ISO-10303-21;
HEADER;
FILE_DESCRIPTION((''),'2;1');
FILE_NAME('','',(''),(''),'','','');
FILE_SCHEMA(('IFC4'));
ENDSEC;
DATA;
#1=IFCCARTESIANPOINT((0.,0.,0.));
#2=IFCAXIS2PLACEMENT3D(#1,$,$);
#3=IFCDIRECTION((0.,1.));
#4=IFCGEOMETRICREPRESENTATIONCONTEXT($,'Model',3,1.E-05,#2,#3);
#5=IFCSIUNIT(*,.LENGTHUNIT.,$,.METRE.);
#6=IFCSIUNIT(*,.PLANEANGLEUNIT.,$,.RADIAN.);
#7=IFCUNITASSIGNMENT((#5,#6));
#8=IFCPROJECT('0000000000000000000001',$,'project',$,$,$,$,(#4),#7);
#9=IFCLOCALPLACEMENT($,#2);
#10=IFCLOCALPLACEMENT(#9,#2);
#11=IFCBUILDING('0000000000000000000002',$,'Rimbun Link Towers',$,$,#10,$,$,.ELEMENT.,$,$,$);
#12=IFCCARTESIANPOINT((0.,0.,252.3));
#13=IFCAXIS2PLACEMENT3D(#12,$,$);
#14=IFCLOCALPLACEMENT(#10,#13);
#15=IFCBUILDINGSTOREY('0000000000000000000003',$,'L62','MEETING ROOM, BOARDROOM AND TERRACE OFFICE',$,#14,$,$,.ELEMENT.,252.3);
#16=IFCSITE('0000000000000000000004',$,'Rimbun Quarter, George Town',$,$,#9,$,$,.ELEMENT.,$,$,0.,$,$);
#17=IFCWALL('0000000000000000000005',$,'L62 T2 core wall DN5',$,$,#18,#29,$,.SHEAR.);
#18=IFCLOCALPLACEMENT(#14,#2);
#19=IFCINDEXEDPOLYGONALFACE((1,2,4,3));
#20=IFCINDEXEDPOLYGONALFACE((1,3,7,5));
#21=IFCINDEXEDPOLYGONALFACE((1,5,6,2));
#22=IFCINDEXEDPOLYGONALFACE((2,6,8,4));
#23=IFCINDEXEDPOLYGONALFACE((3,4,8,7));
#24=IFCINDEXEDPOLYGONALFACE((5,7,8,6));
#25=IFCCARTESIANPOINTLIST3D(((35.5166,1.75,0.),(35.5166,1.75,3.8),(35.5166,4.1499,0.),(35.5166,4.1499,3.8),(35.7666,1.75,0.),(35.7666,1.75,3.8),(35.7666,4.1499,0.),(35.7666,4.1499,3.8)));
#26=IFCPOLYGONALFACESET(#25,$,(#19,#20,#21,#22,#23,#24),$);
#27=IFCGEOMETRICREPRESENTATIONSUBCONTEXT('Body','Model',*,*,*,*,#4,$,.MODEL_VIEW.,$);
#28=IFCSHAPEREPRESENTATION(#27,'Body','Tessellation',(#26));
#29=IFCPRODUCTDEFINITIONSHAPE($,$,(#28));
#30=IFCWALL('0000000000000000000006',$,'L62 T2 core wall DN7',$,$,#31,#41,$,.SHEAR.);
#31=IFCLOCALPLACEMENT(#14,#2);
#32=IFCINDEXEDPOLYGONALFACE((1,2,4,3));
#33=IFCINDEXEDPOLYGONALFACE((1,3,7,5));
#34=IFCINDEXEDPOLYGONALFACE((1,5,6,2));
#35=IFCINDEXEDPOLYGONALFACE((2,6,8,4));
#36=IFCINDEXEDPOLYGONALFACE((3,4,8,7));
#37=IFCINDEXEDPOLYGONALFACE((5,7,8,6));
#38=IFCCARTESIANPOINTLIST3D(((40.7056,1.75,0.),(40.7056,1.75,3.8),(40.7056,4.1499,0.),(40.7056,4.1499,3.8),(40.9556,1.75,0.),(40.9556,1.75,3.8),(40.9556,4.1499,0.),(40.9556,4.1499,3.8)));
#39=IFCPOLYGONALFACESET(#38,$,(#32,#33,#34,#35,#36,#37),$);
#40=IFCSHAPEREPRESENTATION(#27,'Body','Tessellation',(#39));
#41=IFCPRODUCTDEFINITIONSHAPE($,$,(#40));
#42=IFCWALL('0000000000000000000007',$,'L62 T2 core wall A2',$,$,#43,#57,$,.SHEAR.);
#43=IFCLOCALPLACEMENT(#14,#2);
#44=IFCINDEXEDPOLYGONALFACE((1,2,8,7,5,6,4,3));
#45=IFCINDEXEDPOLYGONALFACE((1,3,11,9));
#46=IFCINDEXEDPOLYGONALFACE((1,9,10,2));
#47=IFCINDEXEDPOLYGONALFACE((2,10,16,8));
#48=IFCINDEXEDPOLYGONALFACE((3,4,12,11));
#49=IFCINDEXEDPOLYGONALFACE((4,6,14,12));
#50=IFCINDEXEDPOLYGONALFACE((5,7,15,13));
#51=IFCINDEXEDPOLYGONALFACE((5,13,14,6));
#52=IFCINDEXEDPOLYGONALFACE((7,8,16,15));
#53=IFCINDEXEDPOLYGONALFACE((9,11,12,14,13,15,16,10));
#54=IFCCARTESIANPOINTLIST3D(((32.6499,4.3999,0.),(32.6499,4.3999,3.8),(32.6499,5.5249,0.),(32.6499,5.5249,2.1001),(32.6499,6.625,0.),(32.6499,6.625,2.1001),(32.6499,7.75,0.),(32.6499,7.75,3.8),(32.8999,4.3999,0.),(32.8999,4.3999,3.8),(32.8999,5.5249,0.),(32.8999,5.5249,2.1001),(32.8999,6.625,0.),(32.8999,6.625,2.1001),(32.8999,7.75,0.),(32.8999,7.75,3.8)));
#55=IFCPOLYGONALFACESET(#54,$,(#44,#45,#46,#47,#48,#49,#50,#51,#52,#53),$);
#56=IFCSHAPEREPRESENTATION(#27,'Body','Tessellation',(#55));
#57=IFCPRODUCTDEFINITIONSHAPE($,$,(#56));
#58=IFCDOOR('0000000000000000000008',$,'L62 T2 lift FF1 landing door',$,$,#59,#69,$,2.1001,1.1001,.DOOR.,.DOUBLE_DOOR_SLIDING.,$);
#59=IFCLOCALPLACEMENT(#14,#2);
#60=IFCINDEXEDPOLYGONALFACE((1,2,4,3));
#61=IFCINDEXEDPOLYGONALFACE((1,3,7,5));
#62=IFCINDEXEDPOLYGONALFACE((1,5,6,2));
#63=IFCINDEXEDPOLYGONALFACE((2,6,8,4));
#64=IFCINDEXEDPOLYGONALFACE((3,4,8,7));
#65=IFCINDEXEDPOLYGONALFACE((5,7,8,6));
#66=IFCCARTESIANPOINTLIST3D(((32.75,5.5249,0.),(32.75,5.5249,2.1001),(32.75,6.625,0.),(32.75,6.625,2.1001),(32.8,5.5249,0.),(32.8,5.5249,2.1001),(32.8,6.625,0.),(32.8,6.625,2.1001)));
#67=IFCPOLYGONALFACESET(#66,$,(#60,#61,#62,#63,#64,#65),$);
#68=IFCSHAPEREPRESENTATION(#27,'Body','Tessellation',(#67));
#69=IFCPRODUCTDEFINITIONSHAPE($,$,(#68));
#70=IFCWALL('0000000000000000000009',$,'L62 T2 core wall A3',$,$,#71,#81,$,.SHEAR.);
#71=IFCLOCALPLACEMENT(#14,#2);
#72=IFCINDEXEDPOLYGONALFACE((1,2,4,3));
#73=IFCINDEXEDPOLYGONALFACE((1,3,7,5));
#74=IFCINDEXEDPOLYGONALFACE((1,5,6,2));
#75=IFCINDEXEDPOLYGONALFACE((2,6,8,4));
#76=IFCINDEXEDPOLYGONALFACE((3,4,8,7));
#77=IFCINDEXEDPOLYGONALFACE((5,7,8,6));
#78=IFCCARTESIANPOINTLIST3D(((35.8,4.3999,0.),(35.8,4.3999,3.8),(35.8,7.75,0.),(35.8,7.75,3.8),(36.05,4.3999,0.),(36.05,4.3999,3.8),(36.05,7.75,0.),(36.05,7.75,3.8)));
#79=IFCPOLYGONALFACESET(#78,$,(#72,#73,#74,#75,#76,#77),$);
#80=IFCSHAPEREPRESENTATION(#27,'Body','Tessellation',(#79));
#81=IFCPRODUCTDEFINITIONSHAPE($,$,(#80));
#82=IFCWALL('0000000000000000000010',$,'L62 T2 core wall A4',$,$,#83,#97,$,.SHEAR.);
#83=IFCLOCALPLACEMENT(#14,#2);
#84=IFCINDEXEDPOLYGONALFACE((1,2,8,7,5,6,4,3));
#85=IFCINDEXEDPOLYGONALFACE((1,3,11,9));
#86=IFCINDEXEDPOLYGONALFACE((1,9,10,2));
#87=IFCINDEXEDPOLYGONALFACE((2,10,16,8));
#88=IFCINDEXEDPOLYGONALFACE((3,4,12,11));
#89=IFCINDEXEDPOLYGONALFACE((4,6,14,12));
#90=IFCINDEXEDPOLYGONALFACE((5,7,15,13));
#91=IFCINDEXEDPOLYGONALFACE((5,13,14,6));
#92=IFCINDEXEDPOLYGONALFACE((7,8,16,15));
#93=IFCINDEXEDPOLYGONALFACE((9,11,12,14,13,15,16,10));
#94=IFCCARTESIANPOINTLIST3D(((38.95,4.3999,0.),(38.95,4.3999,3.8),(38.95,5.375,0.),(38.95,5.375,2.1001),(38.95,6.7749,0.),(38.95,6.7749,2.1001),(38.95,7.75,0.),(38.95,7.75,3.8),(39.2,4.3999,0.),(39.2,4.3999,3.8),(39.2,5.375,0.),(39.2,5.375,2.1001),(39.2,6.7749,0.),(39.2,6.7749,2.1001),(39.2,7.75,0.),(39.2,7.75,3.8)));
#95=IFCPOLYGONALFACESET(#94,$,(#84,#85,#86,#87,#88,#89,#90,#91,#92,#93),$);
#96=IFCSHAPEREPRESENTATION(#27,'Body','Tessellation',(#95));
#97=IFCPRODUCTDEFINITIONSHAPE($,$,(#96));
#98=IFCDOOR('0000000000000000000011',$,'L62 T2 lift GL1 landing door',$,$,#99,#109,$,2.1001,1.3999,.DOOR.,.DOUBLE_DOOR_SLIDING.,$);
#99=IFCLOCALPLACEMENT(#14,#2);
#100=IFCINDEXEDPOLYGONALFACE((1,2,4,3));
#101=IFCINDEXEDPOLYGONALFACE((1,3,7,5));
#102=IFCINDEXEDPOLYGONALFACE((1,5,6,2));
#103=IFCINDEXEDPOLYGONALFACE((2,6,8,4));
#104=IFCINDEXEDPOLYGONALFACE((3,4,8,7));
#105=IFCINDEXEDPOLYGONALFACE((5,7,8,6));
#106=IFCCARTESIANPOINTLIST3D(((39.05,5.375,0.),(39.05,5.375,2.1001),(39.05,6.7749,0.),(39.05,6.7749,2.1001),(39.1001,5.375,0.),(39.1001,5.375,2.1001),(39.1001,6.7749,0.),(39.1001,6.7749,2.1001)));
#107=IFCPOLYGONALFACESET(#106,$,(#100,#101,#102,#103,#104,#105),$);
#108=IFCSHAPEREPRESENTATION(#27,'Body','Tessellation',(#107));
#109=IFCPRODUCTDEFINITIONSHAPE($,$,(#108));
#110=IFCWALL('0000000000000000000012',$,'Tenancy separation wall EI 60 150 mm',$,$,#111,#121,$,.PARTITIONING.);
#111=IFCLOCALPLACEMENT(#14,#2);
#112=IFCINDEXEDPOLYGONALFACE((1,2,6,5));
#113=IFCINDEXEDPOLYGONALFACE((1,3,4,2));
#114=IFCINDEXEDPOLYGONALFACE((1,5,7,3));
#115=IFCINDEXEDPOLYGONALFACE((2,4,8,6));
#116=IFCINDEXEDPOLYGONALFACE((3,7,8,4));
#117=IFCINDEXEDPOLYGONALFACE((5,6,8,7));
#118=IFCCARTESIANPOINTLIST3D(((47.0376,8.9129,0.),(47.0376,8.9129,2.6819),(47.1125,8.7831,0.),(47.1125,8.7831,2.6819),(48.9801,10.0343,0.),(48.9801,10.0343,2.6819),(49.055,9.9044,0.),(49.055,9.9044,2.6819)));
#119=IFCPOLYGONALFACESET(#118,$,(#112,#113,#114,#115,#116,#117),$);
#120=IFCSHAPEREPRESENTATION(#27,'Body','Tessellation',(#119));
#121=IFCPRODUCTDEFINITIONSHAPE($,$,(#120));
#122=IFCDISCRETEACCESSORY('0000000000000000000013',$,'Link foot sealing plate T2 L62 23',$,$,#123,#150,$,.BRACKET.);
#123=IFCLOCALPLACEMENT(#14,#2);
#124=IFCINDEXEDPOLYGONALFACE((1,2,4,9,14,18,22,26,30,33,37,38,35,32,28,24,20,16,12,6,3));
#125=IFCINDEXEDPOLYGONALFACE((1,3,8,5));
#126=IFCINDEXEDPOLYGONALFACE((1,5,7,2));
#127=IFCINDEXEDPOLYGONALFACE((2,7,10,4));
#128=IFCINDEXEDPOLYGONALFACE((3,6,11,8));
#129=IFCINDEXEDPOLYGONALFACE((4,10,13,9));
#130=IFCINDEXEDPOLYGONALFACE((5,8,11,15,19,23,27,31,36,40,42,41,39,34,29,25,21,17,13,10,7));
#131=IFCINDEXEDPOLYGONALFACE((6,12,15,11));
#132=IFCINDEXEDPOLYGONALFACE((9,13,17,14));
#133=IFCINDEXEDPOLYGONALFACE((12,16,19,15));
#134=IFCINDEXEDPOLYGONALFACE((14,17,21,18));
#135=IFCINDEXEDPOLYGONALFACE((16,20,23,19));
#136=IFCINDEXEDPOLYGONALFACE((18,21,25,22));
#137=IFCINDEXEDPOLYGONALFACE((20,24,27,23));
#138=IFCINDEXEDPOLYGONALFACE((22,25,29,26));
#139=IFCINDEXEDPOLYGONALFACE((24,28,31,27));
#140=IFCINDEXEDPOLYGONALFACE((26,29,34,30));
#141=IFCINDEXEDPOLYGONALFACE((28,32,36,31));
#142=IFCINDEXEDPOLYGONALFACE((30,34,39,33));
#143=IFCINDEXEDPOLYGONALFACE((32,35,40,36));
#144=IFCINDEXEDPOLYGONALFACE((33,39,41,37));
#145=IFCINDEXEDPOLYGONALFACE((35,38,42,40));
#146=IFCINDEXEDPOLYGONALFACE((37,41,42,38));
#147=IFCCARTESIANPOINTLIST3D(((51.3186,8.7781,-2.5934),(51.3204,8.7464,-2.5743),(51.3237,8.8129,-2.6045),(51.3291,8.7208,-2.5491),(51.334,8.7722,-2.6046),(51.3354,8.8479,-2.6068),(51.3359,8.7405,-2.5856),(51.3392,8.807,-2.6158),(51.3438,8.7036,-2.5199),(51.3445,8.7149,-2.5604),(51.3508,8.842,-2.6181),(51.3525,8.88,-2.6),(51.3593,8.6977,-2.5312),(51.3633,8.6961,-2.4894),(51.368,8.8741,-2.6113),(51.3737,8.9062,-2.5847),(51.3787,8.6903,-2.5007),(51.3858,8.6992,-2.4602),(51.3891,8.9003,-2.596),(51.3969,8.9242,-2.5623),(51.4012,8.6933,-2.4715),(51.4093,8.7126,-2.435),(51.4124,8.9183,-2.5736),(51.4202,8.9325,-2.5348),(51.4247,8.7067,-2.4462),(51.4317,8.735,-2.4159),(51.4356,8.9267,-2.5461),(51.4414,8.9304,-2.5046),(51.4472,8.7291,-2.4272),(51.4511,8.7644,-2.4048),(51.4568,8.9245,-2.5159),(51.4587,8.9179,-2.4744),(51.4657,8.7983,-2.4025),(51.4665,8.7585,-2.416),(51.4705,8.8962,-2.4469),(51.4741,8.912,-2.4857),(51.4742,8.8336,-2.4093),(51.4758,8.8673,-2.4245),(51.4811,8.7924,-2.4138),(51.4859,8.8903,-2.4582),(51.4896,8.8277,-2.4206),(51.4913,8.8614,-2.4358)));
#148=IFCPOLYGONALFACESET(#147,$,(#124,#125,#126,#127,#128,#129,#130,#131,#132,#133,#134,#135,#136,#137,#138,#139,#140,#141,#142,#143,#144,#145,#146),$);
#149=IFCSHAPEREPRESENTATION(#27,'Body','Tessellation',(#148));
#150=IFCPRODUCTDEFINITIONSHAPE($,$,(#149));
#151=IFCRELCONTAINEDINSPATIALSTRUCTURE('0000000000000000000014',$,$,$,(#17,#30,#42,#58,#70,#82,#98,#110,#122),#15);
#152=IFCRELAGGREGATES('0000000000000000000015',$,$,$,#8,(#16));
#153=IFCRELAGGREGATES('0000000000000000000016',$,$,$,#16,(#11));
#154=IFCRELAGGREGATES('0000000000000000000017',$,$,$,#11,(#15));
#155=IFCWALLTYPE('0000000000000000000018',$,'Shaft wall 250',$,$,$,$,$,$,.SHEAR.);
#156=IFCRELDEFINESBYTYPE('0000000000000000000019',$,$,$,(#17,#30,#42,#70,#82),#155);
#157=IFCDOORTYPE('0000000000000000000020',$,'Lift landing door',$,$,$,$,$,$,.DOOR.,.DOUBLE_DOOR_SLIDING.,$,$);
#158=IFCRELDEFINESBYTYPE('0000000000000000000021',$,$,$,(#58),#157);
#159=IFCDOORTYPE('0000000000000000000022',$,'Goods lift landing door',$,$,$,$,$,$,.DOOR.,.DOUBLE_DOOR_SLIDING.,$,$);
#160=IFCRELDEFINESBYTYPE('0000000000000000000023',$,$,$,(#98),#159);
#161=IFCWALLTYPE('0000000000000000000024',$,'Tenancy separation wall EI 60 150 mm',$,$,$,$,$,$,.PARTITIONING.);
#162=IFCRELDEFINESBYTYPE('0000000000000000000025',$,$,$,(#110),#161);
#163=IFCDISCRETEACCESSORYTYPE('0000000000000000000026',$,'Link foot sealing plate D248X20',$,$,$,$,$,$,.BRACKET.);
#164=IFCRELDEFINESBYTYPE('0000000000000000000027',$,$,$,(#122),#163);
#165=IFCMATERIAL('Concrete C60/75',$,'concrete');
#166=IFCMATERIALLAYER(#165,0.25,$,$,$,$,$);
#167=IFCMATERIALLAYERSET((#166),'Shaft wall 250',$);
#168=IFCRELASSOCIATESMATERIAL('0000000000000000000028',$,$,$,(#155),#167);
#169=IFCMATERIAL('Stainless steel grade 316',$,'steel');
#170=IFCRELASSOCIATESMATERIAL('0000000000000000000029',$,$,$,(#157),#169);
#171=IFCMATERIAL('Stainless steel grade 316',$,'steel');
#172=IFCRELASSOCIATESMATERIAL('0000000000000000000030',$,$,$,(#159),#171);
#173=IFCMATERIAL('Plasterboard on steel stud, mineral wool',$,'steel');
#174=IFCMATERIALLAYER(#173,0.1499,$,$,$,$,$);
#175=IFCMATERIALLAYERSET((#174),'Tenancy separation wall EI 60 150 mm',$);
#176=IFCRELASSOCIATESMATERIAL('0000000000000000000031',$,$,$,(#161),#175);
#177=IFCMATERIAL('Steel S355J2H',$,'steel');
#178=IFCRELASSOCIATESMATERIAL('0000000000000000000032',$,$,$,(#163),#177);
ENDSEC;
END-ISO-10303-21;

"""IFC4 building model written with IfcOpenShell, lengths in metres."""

from ifc_helpers import new_model, si_unit, direction, frame, frame_2d, origin, origin_2d, place, context, subcontext, project, spatial, rectangle, circle, extrude, material, layer, layer_set, material_profile, profile_set, type_object, element, fill, save


model = new_model("IFC4")

# Units and contexts
model_context = context("Model", 3, precision=1e-05, world=origin(), true_north=direction((0.0, 1.0)))
body_context = subcontext(model_context, "Body", "Model", "MODEL_VIEW")
ifc_project = project(units=[si_unit("LENGTHUNIT", "METRE"), si_unit("PLANEANGLEUNIT", "RADIAN")], contexts=[model_context])

# Site, building, storey
site_placement = place(None, origin())
site = spatial("IfcSite", under=ifc_project, at=site_placement, Name="Rimbun Quarter, George Town", CompositionType="ELEMENT", RefElevation=0.0)
building_placement = place(site_placement, origin())
building = spatial("IfcBuilding", under=site, at=building_placement, Name="Rimbun Link Towers", CompositionType="ELEMENT")
storey_placement = place(building_placement, frame((0.0, 0.0, 252.3)))
storey = spatial("IfcBuildingStorey", under=building, at=storey_placement, Name="L62", Description="MEETING ROOM, BOARDROOM AND TERRACE OFFICE", CompositionType="ELEMENT", Elevation=252.3)

# Walls
ifc_material_1 = material(Name="Concrete C60/75", Category="concrete")
ifc_layer_1 = layer(ifc_material_1, 0.25)
ifc_layer_set_1 = layer_set([ifc_layer_1], Name="Shaft wall 250")
wall_type_1 = type_object("IfcWallType", Name="Shaft wall 250", PredefinedType="SHEAR", material=ifc_layer_set_1)
for number, where, z_axis, x_axis, name in (
    (1, (35.6416, 1.75, 0.0), (0.0, 0.0, 1.0), (0.0, 1.0, 0.0), "L62 T2 core wall DN5"),
    (2, (40.8306, 1.75, 0.0), (0.0, 0.0, 1.0), (0.0, 1.0, 0.0), "L62 T2 core wall DN7"),
):
    element("IfcWall", number, at=place(storey_placement, frame(where, z_axis=z_axis, x_axis=x_axis)), inside=storey, type_object=wall_type_1, Name=name, PredefinedType="SHEAR", context=body_context, shape_type="SweptSolid", body=[
        extrude(rectangle(XDim=2.3999, YDim=0.25, at=frame_2d((1.2, 0.0))), origin(), (0.0, 0.0, 1.0), 3.8),
    ])

# Wall, opening, door
wall_1_placement = place(storey_placement, frame((32.7749, 4.3999, 0.0), z_axis=(0.0, 0.0, 1.0), x_axis=(0.0, 1.0, 0.0)))
wall_1 = element("IfcWall", 3, at=wall_1_placement, inside=storey, type_object=wall_type_1, Name="L62 T2 core wall A2", PredefinedType="SHEAR", context=body_context, shape_type="SweptSolid", body=[
    extrude(rectangle(XDim=3.3501, YDim=0.25, at=frame_2d((1.675, 0.0))), origin(), (0.0, 0.0, 1.0), 3.8),
])
opening_1_placement = place(wall_1_placement, frame((1.125, 0.0, 0.0)))
opening_1 = element("IfcOpeningElement", 4, at=opening_1_placement, cuts=wall_1, PredefinedType="OPENING", context=body_context, shape_type="SweptSolid", body=[
    extrude(rectangle(XDim=1.1001, YDim=2.1001, at=frame_2d((0.55, 1.05))), frame((0.0, 0.135, 0.0), z_axis=(0.0, -1.0, 0.0), x_axis=(1.0, 0.0, 0.0)), (0.0, 0.0, 1.0), 0.27),
])
ifc_material_2 = material(Name="Stainless steel grade 316", Category="steel")
door_type_1 = type_object("IfcDoorType", Name="Lift landing door", OperationType="DOUBLE_DOOR_SLIDING", PredefinedType="DOOR", material=ifc_material_2)
door_1_placement = place(opening_1_placement, origin())
door_1 = element("IfcDoor", 5, at=door_1_placement, inside=storey, type_object=door_type_1, Name="L62 T2 lift FF1 landing door", OperationType="DOUBLE_DOOR_SLIDING", OverallHeight=2.1001, OverallWidth=1.1001, PredefinedType="DOOR", context=body_context, shape_type="SweptSolid", body=[
    extrude(rectangle(XDim=1.1001, YDim=2.1001, at=frame_2d((0.55, 1.05))), frame((0.0, 0.0249, 0.0), z_axis=(0.0, -1.0, 0.0), x_axis=(1.0, 0.0, 0.0)), (0.0, 0.0, 1.0), 0.05),
])
fill(opening_1, door_1)

# Wall
wall_2_placement = place(storey_placement, frame((35.925, 4.3999, 0.0), z_axis=(0.0, 0.0, 1.0), x_axis=(0.0, 1.0, 0.0)))
element("IfcWall", 6, at=wall_2_placement, inside=storey, type_object=wall_type_1, Name="L62 T2 core wall A3", PredefinedType="SHEAR", context=body_context, shape_type="SweptSolid", body=[
    extrude(rectangle(XDim=3.3501, YDim=0.25, at=frame_2d((1.675, 0.0))), origin(), (0.0, 0.0, 1.0), 3.8),
])

# Wall, opening, door
wall_3_placement = place(storey_placement, frame((39.075, 4.3999, 0.0), z_axis=(0.0, 0.0, 1.0), x_axis=(0.0, 1.0, 0.0)))
wall_3 = element("IfcWall", 7, at=wall_3_placement, inside=storey, type_object=wall_type_1, Name="L62 T2 core wall A4", PredefinedType="SHEAR", context=body_context, shape_type="SweptSolid", body=[
    extrude(rectangle(XDim=3.3501, YDim=0.25, at=frame_2d((1.675, 0.0))), origin(), (0.0, 0.0, 1.0), 3.8),
])
opening_2_placement = place(wall_3_placement, frame((0.9751, 0.0, 0.0)))
opening_2 = element("IfcOpeningElement", 8, at=opening_2_placement, cuts=wall_3, PredefinedType="OPENING", context=body_context, shape_type="SweptSolid", body=[
    extrude(rectangle(XDim=1.3999, YDim=2.1001, at=frame_2d((0.7, 1.05))), frame((0.0, 0.135, 0.0), z_axis=(0.0, -1.0, 0.0), x_axis=(1.0, 0.0, 0.0)), (0.0, 0.0, 1.0), 0.27),
])
ifc_material_3 = material(Name="Stainless steel grade 316", Category="steel")
door_type_2 = type_object("IfcDoorType", Name="Goods lift landing door", OperationType="DOUBLE_DOOR_SLIDING", PredefinedType="DOOR", material=ifc_material_3)
door_2_placement = place(opening_2_placement, origin())
door_2 = element("IfcDoor", 9, at=door_2_placement, inside=storey, type_object=door_type_2, Name="L62 T2 lift GL1 landing door", OperationType="DOUBLE_DOOR_SLIDING", OverallHeight=2.1001, OverallWidth=1.3999, PredefinedType="DOOR", context=body_context, shape_type="SweptSolid", body=[
    extrude(rectangle(XDim=1.3999, YDim=2.1001, at=frame_2d((0.7, 1.05))), frame((0.0, 0.0249, 0.0), z_axis=(0.0, -1.0, 0.0), x_axis=(1.0, 0.0, 0.0)), (0.0, 0.0, 1.0), 0.05),
])
fill(opening_2, door_2)

# Wall
ifc_material_4 = material(Name="Plasterboard on steel stud, mineral wool", Category="steel")
ifc_layer_2 = layer(ifc_material_4, 0.1499)
ifc_layer_set_2 = layer_set([ifc_layer_2], Name="Tenancy separation wall EI 60 150 mm")
wall_type_2 = type_object("IfcWallType", Name="Tenancy separation wall EI 60 150 mm", PredefinedType="PARTITIONING", material=ifc_layer_set_2)
wall_4_placement = place(storey_placement, frame((47.075, 8.8479, 0.0), z_axis=(0.0, 0.0, 1.0), x_axis=(0.866044, 0.499967, 0.0)))
element("IfcWall", 10, at=wall_4_placement, inside=storey, type_object=wall_type_2, Name="Tenancy separation wall EI 60 150 mm", PredefinedType="PARTITIONING", context=body_context, shape_type="SweptSolid", body=[
    extrude(rectangle(XDim=2.2429, YDim=0.1499, at=frame_2d((1.1216, 0.0))), origin(), (0.0, 0.0, 1.0), 2.6819),
])

# Discrete accessory
ifc_material_5 = material(Name="Steel S355J2H", Category="steel")
ifc_material_profile_1 = material_profile(ifc_material_5, circle(Radius=0.124, at=origin_2d()), Name="PL D248")
ifc_profile_set_1 = profile_set([ifc_material_profile_1], Name="Steel S355J2H")
discrete_accessory_type = type_object("IfcDiscreteAccessoryType", Name="Link foot sealing plate D248X20", PredefinedType="BRACKET", material=ifc_profile_set_1)
discrete_accessory_placement = place(storey_placement, frame((51.3972, 8.8145, -2.5046), z_axis=(0.771917, -0.294064, -0.563622), x_axis=(0.355995, 0.934488, 0.0)))
element("IfcDiscreteAccessory", 11, at=discrete_accessory_placement, inside=storey, type_object=discrete_accessory_type, Name="Link foot sealing plate T2 L62 23", PredefinedType="BRACKET", context=body_context, shape_type="SweptSolid", body=[
    extrude(circle(Radius=0.124, at=origin_2d()), origin(), (0.0, 0.0, 1.0), 0.02),
])

save(model, "model.ifc")
